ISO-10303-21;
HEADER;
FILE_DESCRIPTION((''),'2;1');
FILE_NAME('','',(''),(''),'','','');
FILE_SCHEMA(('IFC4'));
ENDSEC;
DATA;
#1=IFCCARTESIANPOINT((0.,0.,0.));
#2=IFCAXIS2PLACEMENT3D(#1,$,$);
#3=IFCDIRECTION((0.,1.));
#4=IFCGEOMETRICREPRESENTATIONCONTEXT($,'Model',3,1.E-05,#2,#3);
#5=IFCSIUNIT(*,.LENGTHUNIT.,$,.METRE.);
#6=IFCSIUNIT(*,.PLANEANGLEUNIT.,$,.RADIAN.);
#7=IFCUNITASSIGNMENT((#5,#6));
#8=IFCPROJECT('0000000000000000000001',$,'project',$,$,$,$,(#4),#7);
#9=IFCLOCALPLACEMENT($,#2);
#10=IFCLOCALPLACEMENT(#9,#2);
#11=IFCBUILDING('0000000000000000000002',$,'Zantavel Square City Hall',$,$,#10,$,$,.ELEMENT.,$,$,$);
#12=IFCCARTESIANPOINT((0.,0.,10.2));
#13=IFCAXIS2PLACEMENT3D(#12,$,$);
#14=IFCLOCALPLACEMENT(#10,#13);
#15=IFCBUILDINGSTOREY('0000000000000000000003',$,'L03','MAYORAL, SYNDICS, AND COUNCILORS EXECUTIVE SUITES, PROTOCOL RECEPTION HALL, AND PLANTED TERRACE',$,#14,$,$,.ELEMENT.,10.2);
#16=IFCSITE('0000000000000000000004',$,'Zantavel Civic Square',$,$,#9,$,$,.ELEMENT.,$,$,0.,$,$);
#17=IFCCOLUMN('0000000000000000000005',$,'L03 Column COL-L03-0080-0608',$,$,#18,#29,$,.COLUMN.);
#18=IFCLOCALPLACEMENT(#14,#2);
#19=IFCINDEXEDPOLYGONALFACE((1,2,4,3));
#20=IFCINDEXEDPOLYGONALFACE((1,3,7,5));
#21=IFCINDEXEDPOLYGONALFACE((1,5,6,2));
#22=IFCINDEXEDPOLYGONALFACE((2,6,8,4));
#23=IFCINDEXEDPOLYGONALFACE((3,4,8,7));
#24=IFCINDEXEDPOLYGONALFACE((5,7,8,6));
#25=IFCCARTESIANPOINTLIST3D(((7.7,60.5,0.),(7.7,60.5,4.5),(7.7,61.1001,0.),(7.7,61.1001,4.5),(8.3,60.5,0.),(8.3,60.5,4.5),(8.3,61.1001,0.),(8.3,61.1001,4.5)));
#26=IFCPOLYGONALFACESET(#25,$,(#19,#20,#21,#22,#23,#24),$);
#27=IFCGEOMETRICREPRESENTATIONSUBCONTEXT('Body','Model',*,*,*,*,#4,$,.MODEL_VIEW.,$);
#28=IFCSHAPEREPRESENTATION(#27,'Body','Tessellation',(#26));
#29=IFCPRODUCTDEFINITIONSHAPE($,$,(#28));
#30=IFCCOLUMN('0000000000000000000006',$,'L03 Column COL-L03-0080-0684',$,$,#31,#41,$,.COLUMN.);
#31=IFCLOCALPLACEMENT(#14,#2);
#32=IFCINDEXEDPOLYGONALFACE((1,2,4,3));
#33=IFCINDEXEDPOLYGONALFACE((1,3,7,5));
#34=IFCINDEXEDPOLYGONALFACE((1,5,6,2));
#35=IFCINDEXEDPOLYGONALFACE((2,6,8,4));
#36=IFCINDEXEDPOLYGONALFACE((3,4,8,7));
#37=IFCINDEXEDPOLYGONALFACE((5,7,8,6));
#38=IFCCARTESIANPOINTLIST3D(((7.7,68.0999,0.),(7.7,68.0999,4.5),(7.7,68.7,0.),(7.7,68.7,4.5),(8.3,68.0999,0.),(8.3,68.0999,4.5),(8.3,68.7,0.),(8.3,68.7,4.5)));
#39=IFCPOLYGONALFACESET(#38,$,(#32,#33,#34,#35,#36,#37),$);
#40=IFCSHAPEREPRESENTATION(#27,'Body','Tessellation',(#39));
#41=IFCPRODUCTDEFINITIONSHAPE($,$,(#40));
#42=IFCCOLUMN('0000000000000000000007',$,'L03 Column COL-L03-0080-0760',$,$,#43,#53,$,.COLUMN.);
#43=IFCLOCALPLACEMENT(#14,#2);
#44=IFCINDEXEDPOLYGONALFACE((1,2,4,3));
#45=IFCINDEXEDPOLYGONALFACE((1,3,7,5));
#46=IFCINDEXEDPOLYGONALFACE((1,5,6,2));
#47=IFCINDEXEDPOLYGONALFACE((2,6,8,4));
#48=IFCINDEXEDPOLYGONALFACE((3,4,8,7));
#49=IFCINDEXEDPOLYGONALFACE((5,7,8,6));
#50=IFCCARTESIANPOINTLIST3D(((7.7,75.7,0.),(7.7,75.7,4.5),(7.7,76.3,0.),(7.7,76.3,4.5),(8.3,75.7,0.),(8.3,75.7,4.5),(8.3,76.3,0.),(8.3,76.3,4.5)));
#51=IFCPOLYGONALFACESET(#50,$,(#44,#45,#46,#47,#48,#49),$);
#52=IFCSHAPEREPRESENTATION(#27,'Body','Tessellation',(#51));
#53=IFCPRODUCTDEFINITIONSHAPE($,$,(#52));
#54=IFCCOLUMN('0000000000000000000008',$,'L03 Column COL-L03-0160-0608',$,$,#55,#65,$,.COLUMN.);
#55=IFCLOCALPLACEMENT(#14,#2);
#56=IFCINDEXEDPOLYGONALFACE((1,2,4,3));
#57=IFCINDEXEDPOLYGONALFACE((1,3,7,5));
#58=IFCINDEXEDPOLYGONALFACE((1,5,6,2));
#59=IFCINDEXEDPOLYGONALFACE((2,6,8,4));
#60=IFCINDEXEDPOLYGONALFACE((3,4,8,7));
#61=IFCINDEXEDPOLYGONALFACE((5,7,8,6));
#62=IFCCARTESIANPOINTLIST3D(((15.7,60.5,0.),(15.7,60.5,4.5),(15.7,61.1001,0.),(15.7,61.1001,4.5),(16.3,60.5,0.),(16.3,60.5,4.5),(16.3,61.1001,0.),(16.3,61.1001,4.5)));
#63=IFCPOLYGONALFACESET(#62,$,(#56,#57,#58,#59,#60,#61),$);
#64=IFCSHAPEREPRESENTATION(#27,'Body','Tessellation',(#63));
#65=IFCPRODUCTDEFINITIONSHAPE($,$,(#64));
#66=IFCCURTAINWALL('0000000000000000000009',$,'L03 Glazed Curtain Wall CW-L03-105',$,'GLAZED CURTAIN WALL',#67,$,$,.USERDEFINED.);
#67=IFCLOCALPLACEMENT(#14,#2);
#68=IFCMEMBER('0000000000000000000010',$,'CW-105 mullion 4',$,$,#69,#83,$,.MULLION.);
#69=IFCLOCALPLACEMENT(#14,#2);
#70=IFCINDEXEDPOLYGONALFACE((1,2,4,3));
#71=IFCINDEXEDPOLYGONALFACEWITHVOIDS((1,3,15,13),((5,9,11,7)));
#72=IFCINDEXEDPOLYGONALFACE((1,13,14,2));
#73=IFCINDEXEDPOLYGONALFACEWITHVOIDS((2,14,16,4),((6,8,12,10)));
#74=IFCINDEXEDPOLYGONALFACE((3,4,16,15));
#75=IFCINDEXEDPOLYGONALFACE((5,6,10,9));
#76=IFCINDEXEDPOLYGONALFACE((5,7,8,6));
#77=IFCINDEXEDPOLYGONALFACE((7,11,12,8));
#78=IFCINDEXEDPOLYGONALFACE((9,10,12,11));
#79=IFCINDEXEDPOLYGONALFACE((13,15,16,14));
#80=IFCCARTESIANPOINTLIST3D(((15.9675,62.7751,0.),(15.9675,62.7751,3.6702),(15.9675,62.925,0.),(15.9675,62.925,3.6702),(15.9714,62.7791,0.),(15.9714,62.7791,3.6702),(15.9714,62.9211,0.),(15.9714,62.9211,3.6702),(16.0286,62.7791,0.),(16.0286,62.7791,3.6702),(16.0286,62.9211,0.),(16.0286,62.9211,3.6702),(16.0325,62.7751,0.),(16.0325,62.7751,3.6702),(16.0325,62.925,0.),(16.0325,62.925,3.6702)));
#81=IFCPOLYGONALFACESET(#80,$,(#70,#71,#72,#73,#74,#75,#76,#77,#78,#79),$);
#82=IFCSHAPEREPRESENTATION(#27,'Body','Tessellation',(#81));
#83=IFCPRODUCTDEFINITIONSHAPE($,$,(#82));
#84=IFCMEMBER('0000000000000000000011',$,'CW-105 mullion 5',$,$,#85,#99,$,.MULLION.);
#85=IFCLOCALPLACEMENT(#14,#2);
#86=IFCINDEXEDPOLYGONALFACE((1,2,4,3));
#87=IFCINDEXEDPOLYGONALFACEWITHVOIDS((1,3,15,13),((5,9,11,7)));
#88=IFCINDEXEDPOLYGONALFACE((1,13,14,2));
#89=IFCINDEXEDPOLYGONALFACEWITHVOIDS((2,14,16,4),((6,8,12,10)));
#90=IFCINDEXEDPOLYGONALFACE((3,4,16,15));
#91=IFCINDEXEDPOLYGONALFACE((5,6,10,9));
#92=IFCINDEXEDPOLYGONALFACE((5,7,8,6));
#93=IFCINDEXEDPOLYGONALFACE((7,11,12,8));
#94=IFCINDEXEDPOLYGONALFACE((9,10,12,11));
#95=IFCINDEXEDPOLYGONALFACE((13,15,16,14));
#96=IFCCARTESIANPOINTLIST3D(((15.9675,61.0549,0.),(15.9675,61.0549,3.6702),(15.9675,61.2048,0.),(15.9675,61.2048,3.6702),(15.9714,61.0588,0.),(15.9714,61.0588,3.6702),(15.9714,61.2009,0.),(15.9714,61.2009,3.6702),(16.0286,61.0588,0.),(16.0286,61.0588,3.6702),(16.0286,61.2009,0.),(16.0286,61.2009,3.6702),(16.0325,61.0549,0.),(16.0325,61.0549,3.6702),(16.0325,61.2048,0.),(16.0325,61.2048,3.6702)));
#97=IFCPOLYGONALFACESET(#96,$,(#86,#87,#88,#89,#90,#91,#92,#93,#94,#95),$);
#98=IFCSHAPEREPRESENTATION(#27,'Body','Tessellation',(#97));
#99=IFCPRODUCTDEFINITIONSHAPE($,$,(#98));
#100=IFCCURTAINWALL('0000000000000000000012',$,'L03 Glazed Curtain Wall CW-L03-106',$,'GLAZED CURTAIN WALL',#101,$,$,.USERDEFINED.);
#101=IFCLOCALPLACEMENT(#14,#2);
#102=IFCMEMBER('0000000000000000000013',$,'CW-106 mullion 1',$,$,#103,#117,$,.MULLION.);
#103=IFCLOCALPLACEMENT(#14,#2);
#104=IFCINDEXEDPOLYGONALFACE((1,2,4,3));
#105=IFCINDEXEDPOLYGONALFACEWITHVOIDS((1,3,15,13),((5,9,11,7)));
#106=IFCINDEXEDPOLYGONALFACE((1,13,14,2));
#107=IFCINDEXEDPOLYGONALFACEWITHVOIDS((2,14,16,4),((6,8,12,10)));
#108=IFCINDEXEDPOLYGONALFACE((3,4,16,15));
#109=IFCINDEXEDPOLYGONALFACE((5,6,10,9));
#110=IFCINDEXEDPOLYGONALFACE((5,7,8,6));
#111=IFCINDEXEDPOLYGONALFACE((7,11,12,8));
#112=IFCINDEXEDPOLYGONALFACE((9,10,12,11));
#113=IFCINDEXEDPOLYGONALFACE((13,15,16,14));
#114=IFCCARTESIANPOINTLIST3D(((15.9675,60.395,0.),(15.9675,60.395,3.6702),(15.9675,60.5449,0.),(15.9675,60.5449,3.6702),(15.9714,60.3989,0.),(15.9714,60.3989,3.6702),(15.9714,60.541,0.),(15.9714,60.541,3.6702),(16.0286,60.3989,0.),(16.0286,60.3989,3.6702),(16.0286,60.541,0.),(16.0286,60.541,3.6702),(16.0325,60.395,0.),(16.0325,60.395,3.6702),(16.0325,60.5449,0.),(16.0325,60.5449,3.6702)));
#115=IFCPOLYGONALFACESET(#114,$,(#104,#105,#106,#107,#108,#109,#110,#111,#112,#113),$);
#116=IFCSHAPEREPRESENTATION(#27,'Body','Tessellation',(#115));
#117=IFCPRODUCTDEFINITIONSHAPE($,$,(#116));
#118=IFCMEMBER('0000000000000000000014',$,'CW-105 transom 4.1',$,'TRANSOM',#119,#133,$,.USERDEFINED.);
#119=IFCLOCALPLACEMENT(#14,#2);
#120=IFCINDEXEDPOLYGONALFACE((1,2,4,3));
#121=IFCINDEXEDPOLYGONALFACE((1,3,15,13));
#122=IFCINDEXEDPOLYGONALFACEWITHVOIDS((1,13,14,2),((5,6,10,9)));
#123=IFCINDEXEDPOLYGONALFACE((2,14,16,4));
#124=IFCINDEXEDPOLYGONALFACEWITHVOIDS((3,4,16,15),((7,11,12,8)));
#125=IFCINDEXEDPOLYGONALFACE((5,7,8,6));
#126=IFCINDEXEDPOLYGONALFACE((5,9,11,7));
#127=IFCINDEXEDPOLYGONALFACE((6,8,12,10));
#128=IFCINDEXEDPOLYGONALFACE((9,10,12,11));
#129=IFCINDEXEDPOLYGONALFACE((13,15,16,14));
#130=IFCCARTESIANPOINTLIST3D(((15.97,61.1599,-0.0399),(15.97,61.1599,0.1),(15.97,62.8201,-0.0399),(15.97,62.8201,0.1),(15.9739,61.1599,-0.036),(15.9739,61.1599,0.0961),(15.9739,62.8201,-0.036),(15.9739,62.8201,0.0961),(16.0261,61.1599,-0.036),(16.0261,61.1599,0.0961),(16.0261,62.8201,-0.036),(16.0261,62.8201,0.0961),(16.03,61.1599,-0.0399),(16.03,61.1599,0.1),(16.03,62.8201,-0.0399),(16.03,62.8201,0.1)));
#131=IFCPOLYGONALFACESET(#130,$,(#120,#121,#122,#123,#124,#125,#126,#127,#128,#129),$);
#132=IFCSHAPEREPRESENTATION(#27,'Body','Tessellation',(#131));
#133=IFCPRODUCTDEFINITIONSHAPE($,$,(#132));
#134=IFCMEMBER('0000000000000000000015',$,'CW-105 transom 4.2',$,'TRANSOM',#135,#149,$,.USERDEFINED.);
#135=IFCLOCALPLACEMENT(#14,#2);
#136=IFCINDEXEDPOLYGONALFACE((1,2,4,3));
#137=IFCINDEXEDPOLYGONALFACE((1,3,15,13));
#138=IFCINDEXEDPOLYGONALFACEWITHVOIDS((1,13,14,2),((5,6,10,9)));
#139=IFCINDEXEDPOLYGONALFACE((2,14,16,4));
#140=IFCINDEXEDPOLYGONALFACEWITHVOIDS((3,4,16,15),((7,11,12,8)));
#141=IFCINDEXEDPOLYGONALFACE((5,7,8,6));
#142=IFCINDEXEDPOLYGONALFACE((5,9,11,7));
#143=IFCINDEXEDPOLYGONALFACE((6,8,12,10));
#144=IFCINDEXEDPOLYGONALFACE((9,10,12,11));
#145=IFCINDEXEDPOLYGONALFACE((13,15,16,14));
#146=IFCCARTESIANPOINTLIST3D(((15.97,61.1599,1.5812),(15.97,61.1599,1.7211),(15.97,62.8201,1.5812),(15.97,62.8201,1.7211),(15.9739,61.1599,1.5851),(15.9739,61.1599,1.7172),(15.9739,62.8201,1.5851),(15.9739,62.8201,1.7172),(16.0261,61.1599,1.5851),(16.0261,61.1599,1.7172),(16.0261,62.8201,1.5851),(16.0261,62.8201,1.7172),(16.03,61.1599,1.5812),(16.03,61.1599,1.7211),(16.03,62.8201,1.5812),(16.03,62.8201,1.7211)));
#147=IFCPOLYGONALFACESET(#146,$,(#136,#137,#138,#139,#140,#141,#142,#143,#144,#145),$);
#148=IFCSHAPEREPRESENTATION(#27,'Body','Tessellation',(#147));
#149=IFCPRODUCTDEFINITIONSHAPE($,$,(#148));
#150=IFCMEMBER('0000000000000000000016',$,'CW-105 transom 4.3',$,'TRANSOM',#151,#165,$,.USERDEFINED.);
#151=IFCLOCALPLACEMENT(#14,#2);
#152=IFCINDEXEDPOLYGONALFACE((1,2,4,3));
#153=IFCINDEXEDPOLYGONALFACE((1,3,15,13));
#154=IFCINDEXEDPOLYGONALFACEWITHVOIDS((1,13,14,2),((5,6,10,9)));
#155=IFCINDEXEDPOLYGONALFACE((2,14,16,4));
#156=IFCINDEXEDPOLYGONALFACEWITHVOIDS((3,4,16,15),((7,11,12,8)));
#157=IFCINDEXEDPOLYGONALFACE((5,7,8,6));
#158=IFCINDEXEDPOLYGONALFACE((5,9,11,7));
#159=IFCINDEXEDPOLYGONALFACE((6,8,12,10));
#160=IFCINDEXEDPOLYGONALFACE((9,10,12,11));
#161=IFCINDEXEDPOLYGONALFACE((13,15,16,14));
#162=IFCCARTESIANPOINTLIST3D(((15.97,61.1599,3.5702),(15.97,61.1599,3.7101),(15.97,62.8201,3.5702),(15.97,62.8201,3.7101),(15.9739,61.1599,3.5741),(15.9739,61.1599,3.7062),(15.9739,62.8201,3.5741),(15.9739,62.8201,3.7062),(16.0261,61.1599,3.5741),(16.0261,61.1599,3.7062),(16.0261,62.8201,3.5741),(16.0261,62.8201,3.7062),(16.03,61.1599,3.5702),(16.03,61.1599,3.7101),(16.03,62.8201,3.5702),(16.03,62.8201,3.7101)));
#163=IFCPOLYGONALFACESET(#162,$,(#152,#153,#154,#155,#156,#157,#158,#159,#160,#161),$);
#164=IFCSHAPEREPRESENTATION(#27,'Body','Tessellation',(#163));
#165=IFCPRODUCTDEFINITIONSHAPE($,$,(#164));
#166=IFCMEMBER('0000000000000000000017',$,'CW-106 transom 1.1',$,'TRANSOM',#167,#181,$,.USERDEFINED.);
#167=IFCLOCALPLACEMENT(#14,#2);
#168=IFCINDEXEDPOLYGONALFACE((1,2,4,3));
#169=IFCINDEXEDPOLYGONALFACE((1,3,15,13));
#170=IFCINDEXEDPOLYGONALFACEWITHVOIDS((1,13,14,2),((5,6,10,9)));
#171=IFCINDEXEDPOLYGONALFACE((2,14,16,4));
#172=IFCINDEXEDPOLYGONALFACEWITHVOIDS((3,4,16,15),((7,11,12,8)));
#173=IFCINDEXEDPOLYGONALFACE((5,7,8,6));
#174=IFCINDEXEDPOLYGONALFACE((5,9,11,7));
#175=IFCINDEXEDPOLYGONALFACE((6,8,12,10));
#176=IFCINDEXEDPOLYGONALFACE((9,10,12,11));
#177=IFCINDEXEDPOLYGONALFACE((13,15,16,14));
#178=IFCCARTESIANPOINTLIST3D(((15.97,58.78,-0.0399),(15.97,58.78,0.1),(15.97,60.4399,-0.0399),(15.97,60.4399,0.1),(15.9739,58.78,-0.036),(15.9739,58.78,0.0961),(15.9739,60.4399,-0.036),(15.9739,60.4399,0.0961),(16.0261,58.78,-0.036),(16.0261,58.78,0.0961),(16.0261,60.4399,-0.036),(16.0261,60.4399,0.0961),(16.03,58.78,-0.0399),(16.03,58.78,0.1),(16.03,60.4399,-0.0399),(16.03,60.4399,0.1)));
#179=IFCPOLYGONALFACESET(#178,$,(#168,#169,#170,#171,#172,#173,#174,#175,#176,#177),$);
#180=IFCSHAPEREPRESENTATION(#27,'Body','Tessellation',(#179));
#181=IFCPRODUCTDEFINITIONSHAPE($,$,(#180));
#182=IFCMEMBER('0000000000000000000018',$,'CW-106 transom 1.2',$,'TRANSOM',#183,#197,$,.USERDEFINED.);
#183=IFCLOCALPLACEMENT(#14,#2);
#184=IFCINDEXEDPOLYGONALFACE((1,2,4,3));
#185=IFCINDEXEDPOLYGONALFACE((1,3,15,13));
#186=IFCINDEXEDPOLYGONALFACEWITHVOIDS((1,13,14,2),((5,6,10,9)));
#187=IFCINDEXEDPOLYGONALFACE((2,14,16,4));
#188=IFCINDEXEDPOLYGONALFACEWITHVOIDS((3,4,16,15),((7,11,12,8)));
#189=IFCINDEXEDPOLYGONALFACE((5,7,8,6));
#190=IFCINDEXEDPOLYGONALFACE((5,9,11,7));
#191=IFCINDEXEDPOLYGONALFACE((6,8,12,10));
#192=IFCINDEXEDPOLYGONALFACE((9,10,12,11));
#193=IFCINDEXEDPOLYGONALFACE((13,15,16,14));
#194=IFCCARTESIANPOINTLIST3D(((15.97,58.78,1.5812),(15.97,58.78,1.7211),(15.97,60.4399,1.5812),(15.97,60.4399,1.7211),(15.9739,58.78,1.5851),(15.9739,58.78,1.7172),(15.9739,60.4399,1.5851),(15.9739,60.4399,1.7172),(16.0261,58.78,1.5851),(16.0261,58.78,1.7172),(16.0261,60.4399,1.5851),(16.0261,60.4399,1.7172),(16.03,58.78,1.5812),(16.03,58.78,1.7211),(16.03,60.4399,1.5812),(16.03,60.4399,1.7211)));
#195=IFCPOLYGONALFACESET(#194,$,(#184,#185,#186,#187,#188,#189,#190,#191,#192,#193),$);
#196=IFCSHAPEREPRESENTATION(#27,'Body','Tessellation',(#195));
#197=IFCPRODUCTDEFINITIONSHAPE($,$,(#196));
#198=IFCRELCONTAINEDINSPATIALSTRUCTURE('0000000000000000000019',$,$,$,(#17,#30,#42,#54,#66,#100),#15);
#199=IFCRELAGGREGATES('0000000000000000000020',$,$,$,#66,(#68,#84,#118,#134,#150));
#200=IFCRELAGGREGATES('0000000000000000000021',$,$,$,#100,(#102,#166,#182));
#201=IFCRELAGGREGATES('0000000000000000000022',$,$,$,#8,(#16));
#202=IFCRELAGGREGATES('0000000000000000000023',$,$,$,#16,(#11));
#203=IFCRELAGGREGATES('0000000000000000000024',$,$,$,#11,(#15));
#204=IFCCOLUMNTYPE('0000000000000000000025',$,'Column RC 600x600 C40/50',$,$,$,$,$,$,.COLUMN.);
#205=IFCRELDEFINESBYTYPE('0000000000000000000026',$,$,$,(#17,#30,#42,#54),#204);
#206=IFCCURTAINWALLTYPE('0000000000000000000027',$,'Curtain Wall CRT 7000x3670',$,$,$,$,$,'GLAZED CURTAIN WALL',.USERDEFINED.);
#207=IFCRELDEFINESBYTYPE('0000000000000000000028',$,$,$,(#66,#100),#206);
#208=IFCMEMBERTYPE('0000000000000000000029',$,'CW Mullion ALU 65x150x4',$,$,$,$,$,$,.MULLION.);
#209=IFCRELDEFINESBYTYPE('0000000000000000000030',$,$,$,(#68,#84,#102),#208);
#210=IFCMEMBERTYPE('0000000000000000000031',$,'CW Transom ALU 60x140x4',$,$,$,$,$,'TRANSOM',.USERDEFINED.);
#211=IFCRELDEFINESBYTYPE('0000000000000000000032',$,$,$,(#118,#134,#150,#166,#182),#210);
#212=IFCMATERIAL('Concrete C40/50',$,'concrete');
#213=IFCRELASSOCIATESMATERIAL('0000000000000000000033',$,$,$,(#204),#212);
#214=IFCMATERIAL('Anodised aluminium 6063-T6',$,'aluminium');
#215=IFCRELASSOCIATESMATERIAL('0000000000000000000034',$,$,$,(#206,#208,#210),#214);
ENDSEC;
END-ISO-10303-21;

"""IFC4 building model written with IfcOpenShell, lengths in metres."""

from ifc_helpers import new_model, si_unit, direction, frame, origin, origin_2d, place, context, subcontext, project, spatial, rectangle, hollow_rectangle, extrude, material, material_profile, profile_set, type_object, element, aggregate, save


model = new_model("IFC4")

# Units and contexts
model_context = context("Model", 3, precision=1e-05, world=origin(), true_north=direction((0.0, 1.0)))
body_context = subcontext(model_context, "Body", "Model", "MODEL_VIEW")
ifc_project = project(units=[si_unit("LENGTHUNIT", "METRE"), si_unit("PLANEANGLEUNIT", "RADIAN")], contexts=[model_context])

# Site, building, storey
site_placement = place(None, origin())
site = spatial("IfcSite", under=ifc_project, at=site_placement, Name="Zantavel Civic Square", CompositionType="ELEMENT", RefElevation=0.0)
building_placement = place(site_placement, origin())
building = spatial("IfcBuilding", under=site, at=building_placement, Name="Zantavel Square City Hall", CompositionType="ELEMENT")
storey_placement = place(building_placement, frame((0.0, 0.0, 10.2)))
storey = spatial("IfcBuildingStorey", under=building, at=storey_placement, Name="L03", Description="MAYORAL, SYNDICS, AND COUNCILORS EXECUTIVE SUITES, PROTOCOL RECEPTION HALL, AND PLANTED TERRACE", CompositionType="ELEMENT", Elevation=10.2)

# Columns
ifc_material_1 = material(Name="Concrete C40/50", Category="concrete")
ifc_material_profile_1 = material_profile(ifc_material_1, rectangle(XDim=0.6001, YDim=0.6001, at=origin_2d()), Name="RC 600x600")
ifc_profile_set_1 = profile_set([ifc_material_profile_1], Name="Concrete C40/50")
column_type = type_object("IfcColumnType", Name="Column RC 600x600 C40/50", PredefinedType="COLUMN", material=ifc_profile_set_1)
for number, where, z_axis, x_axis, name in (
    (1, (8.0, 60.8, 0.0), (0.0, 0.0, 1.0), (1.0, 0.0, 0.0), "L03 Column COL-L03-0080-0608"),
    (2, (8.0, 68.3999, 0.0), (0.0, 0.0, 1.0), (1.0, 0.0, 0.0), "L03 Column COL-L03-0080-0684"),
    (3, (8.0, 76.0, 0.0), (0.0, 0.0, 1.0), (1.0, 0.0, 0.0), "L03 Column COL-L03-0080-0760"),
    (4, (16.0, 60.8, 0.0), (0.0, 0.0, 1.0), (1.0, 0.0, 0.0), "L03 Column COL-L03-0160-0608"),
):
    element("IfcColumn", number, at=place(storey_placement, frame(where, z_axis=z_axis, x_axis=x_axis)), inside=storey, type_object=column_type, Name=name, PredefinedType="COLUMN", context=body_context, shape_type="SweptSolid", body=[
        extrude(rectangle(XDim=0.6001, YDim=0.6001, at=origin_2d()), origin(), (0.0, 0.0, 1.0), 4.5),
    ])

# Curtain wall, members
ifc_material_2 = material(Name="Anodised aluminium 6063-T6", Category="aluminium")
curtain_wall_type = type_object("IfcCurtainWallType", Name="Curtain Wall CRT 7000x3670", ElementType="GLAZED CURTAIN WALL", PredefinedType="USERDEFINED", material=ifc_material_2)
curtain_wall_1_placement = place(storey_placement, origin())
curtain_wall_1 = element("IfcCurtainWall", 5, at=curtain_wall_1_placement, inside=storey, type_object=curtain_wall_type, Name="L03 Glazed Curtain Wall CW-L03-105", ObjectType="GLAZED CURTAIN WALL", PredefinedType="USERDEFINED")
ifc_material_profile_2 = material_profile(ifc_material_2, hollow_rectangle(XDim=0.0649, YDim=0.1499, WallThickness=0.0039, at=origin_2d()), Name="ALU 65x150x4")
ifc_profile_set_2 = profile_set([ifc_material_profile_2], Name="Anodised aluminium 6063-T6")
member_type_1 = type_object("IfcMemberType", Name="CW Mullion ALU 65x150x4", PredefinedType="MULLION", material=ifc_profile_set_2)
member_1_placement = place(storey_placement, frame((16.0, 62.8501, 0.0), z_axis=(0.0, 0.0, 1.0), x_axis=(1.0, 0.0, 0.0)))
member_1 = element("IfcMember", 6, at=member_1_placement, type_object=member_type_1, Name="CW-105 mullion 4", PredefinedType="MULLION", context=body_context, shape_type="SweptSolid", body=[
    extrude(hollow_rectangle(XDim=0.0649, YDim=0.1499, WallThickness=0.0039, at=origin_2d()), origin(), (0.0, 0.0, 1.0), 3.6702),
])
member_2_placement = place(storey_placement, frame((16.0, 61.1299, 0.0), z_axis=(0.0, 0.0, 1.0), x_axis=(1.0, 0.0, 0.0)))
member_2 = element("IfcMember", 7, at=member_2_placement, type_object=member_type_1, Name="CW-105 mullion 5", PredefinedType="MULLION", context=body_context, shape_type="SweptSolid", body=[
    extrude(hollow_rectangle(XDim=0.0649, YDim=0.1499, WallThickness=0.0039, at=origin_2d()), origin(), (0.0, 0.0, 1.0), 3.6702),
])

# Curtain wall, member
curtain_wall_2_placement = place(storey_placement, origin())
curtain_wall_2 = element("IfcCurtainWall", 8, at=curtain_wall_2_placement, inside=storey, type_object=curtain_wall_type, Name="L03 Glazed Curtain Wall CW-L03-106", ObjectType="GLAZED CURTAIN WALL", PredefinedType="USERDEFINED")
member_3_placement = place(storey_placement, frame((16.0, 60.47, 0.0), z_axis=(0.0, 0.0, 1.0), x_axis=(1.0, 0.0, 0.0)))
member_3 = element("IfcMember", 9, at=member_3_placement, type_object=member_type_1, Name="CW-106 mullion 1", PredefinedType="MULLION", context=body_context, shape_type="SweptSolid", body=[
    extrude(hollow_rectangle(XDim=0.0649, YDim=0.1499, WallThickness=0.0039, at=origin_2d()), origin(), (0.0, 0.0, 1.0), 3.6702),
])

# Members
ifc_material_profile_3 = material_profile(ifc_material_2, hollow_rectangle(XDim=0.0601, YDim=0.1399, WallThickness=0.0039, at=origin_2d()), Name="ALU 60x140x4")
ifc_profile_set_3 = profile_set([ifc_material_profile_3], Name="Anodised aluminium 6063-T6")
member_type_2 = type_object("IfcMemberType", Name="CW Transom ALU 60x140x4", ElementType="TRANSOM", PredefinedType="USERDEFINED", material=ifc_profile_set_3)
member_4_placement = place(storey_placement, frame((16.0, 62.8201, 0.03), z_axis=(0.0, -1.0, 0.0), x_axis=(1.0, 0.0, 0.0)))
member_4 = element("IfcMember", 10, at=member_4_placement, type_object=member_type_2, Name="CW-105 transom 4.1", ObjectType="TRANSOM", PredefinedType="USERDEFINED", context=body_context, shape_type="SweptSolid", body=[
    extrude(hollow_rectangle(XDim=0.0601, YDim=0.1399, WallThickness=0.0039, at=origin_2d()), origin(), (0.0, 0.0, 1.0), 1.6602),
])
member_5_placement = place(storey_placement, frame((16.0, 62.8201, 1.6511), z_axis=(0.0, -1.0, 0.0), x_axis=(1.0, 0.0, 0.0)))
member_5 = element("IfcMember", 11, at=member_5_placement, type_object=member_type_2, Name="CW-105 transom 4.2", ObjectType="TRANSOM", PredefinedType="USERDEFINED", context=body_context, shape_type="SweptSolid", body=[
    extrude(hollow_rectangle(XDim=0.0601, YDim=0.1399, WallThickness=0.0039, at=origin_2d()), origin(), (0.0, 0.0, 1.0), 1.6602),
])
member_6_placement = place(storey_placement, frame((16.0, 62.8201, 3.6401), z_axis=(0.0, -1.0, 0.0), x_axis=(1.0, 0.0, 0.0)))
member_6 = element("IfcMember", 12, at=member_6_placement, type_object=member_type_2, Name="CW-105 transom 4.3", ObjectType="TRANSOM", PredefinedType="USERDEFINED", context=body_context, shape_type="SweptSolid", body=[
    extrude(hollow_rectangle(XDim=0.0601, YDim=0.1399, WallThickness=0.0039, at=origin_2d()), origin(), (0.0, 0.0, 1.0), 1.6602),
])
member_7_placement = place(storey_placement, frame((16.0, 60.4399, 0.03), z_axis=(0.0, -1.0, 0.0), x_axis=(1.0, 0.0, 0.0)))
member_7 = element("IfcMember", 13, at=member_7_placement, type_object=member_type_2, Name="CW-106 transom 1.1", ObjectType="TRANSOM", PredefinedType="USERDEFINED", context=body_context, shape_type="SweptSolid", body=[
    extrude(hollow_rectangle(XDim=0.0601, YDim=0.1399, WallThickness=0.0039, at=origin_2d()), origin(), (0.0, 0.0, 1.0), 1.6599),
])
member_8_placement = place(storey_placement, frame((16.0, 60.4399, 1.6511), z_axis=(0.0, -1.0, 0.0), x_axis=(1.0, 0.0, 0.0)))
member_8 = element("IfcMember", 14, at=member_8_placement, type_object=member_type_2, Name="CW-106 transom 1.2", ObjectType="TRANSOM", PredefinedType="USERDEFINED", context=body_context, shape_type="SweptSolid", body=[
    extrude(hollow_rectangle(XDim=0.0601, YDim=0.1399, WallThickness=0.0039, at=origin_2d()), origin(), (0.0, 0.0, 1.0), 1.6599),
])

aggregate(curtain_wall_1, [member_1, member_2, member_4, member_5, member_6])
aggregate(curtain_wall_2, [member_3, member_7, member_8])

save(model, "model.ifc")
